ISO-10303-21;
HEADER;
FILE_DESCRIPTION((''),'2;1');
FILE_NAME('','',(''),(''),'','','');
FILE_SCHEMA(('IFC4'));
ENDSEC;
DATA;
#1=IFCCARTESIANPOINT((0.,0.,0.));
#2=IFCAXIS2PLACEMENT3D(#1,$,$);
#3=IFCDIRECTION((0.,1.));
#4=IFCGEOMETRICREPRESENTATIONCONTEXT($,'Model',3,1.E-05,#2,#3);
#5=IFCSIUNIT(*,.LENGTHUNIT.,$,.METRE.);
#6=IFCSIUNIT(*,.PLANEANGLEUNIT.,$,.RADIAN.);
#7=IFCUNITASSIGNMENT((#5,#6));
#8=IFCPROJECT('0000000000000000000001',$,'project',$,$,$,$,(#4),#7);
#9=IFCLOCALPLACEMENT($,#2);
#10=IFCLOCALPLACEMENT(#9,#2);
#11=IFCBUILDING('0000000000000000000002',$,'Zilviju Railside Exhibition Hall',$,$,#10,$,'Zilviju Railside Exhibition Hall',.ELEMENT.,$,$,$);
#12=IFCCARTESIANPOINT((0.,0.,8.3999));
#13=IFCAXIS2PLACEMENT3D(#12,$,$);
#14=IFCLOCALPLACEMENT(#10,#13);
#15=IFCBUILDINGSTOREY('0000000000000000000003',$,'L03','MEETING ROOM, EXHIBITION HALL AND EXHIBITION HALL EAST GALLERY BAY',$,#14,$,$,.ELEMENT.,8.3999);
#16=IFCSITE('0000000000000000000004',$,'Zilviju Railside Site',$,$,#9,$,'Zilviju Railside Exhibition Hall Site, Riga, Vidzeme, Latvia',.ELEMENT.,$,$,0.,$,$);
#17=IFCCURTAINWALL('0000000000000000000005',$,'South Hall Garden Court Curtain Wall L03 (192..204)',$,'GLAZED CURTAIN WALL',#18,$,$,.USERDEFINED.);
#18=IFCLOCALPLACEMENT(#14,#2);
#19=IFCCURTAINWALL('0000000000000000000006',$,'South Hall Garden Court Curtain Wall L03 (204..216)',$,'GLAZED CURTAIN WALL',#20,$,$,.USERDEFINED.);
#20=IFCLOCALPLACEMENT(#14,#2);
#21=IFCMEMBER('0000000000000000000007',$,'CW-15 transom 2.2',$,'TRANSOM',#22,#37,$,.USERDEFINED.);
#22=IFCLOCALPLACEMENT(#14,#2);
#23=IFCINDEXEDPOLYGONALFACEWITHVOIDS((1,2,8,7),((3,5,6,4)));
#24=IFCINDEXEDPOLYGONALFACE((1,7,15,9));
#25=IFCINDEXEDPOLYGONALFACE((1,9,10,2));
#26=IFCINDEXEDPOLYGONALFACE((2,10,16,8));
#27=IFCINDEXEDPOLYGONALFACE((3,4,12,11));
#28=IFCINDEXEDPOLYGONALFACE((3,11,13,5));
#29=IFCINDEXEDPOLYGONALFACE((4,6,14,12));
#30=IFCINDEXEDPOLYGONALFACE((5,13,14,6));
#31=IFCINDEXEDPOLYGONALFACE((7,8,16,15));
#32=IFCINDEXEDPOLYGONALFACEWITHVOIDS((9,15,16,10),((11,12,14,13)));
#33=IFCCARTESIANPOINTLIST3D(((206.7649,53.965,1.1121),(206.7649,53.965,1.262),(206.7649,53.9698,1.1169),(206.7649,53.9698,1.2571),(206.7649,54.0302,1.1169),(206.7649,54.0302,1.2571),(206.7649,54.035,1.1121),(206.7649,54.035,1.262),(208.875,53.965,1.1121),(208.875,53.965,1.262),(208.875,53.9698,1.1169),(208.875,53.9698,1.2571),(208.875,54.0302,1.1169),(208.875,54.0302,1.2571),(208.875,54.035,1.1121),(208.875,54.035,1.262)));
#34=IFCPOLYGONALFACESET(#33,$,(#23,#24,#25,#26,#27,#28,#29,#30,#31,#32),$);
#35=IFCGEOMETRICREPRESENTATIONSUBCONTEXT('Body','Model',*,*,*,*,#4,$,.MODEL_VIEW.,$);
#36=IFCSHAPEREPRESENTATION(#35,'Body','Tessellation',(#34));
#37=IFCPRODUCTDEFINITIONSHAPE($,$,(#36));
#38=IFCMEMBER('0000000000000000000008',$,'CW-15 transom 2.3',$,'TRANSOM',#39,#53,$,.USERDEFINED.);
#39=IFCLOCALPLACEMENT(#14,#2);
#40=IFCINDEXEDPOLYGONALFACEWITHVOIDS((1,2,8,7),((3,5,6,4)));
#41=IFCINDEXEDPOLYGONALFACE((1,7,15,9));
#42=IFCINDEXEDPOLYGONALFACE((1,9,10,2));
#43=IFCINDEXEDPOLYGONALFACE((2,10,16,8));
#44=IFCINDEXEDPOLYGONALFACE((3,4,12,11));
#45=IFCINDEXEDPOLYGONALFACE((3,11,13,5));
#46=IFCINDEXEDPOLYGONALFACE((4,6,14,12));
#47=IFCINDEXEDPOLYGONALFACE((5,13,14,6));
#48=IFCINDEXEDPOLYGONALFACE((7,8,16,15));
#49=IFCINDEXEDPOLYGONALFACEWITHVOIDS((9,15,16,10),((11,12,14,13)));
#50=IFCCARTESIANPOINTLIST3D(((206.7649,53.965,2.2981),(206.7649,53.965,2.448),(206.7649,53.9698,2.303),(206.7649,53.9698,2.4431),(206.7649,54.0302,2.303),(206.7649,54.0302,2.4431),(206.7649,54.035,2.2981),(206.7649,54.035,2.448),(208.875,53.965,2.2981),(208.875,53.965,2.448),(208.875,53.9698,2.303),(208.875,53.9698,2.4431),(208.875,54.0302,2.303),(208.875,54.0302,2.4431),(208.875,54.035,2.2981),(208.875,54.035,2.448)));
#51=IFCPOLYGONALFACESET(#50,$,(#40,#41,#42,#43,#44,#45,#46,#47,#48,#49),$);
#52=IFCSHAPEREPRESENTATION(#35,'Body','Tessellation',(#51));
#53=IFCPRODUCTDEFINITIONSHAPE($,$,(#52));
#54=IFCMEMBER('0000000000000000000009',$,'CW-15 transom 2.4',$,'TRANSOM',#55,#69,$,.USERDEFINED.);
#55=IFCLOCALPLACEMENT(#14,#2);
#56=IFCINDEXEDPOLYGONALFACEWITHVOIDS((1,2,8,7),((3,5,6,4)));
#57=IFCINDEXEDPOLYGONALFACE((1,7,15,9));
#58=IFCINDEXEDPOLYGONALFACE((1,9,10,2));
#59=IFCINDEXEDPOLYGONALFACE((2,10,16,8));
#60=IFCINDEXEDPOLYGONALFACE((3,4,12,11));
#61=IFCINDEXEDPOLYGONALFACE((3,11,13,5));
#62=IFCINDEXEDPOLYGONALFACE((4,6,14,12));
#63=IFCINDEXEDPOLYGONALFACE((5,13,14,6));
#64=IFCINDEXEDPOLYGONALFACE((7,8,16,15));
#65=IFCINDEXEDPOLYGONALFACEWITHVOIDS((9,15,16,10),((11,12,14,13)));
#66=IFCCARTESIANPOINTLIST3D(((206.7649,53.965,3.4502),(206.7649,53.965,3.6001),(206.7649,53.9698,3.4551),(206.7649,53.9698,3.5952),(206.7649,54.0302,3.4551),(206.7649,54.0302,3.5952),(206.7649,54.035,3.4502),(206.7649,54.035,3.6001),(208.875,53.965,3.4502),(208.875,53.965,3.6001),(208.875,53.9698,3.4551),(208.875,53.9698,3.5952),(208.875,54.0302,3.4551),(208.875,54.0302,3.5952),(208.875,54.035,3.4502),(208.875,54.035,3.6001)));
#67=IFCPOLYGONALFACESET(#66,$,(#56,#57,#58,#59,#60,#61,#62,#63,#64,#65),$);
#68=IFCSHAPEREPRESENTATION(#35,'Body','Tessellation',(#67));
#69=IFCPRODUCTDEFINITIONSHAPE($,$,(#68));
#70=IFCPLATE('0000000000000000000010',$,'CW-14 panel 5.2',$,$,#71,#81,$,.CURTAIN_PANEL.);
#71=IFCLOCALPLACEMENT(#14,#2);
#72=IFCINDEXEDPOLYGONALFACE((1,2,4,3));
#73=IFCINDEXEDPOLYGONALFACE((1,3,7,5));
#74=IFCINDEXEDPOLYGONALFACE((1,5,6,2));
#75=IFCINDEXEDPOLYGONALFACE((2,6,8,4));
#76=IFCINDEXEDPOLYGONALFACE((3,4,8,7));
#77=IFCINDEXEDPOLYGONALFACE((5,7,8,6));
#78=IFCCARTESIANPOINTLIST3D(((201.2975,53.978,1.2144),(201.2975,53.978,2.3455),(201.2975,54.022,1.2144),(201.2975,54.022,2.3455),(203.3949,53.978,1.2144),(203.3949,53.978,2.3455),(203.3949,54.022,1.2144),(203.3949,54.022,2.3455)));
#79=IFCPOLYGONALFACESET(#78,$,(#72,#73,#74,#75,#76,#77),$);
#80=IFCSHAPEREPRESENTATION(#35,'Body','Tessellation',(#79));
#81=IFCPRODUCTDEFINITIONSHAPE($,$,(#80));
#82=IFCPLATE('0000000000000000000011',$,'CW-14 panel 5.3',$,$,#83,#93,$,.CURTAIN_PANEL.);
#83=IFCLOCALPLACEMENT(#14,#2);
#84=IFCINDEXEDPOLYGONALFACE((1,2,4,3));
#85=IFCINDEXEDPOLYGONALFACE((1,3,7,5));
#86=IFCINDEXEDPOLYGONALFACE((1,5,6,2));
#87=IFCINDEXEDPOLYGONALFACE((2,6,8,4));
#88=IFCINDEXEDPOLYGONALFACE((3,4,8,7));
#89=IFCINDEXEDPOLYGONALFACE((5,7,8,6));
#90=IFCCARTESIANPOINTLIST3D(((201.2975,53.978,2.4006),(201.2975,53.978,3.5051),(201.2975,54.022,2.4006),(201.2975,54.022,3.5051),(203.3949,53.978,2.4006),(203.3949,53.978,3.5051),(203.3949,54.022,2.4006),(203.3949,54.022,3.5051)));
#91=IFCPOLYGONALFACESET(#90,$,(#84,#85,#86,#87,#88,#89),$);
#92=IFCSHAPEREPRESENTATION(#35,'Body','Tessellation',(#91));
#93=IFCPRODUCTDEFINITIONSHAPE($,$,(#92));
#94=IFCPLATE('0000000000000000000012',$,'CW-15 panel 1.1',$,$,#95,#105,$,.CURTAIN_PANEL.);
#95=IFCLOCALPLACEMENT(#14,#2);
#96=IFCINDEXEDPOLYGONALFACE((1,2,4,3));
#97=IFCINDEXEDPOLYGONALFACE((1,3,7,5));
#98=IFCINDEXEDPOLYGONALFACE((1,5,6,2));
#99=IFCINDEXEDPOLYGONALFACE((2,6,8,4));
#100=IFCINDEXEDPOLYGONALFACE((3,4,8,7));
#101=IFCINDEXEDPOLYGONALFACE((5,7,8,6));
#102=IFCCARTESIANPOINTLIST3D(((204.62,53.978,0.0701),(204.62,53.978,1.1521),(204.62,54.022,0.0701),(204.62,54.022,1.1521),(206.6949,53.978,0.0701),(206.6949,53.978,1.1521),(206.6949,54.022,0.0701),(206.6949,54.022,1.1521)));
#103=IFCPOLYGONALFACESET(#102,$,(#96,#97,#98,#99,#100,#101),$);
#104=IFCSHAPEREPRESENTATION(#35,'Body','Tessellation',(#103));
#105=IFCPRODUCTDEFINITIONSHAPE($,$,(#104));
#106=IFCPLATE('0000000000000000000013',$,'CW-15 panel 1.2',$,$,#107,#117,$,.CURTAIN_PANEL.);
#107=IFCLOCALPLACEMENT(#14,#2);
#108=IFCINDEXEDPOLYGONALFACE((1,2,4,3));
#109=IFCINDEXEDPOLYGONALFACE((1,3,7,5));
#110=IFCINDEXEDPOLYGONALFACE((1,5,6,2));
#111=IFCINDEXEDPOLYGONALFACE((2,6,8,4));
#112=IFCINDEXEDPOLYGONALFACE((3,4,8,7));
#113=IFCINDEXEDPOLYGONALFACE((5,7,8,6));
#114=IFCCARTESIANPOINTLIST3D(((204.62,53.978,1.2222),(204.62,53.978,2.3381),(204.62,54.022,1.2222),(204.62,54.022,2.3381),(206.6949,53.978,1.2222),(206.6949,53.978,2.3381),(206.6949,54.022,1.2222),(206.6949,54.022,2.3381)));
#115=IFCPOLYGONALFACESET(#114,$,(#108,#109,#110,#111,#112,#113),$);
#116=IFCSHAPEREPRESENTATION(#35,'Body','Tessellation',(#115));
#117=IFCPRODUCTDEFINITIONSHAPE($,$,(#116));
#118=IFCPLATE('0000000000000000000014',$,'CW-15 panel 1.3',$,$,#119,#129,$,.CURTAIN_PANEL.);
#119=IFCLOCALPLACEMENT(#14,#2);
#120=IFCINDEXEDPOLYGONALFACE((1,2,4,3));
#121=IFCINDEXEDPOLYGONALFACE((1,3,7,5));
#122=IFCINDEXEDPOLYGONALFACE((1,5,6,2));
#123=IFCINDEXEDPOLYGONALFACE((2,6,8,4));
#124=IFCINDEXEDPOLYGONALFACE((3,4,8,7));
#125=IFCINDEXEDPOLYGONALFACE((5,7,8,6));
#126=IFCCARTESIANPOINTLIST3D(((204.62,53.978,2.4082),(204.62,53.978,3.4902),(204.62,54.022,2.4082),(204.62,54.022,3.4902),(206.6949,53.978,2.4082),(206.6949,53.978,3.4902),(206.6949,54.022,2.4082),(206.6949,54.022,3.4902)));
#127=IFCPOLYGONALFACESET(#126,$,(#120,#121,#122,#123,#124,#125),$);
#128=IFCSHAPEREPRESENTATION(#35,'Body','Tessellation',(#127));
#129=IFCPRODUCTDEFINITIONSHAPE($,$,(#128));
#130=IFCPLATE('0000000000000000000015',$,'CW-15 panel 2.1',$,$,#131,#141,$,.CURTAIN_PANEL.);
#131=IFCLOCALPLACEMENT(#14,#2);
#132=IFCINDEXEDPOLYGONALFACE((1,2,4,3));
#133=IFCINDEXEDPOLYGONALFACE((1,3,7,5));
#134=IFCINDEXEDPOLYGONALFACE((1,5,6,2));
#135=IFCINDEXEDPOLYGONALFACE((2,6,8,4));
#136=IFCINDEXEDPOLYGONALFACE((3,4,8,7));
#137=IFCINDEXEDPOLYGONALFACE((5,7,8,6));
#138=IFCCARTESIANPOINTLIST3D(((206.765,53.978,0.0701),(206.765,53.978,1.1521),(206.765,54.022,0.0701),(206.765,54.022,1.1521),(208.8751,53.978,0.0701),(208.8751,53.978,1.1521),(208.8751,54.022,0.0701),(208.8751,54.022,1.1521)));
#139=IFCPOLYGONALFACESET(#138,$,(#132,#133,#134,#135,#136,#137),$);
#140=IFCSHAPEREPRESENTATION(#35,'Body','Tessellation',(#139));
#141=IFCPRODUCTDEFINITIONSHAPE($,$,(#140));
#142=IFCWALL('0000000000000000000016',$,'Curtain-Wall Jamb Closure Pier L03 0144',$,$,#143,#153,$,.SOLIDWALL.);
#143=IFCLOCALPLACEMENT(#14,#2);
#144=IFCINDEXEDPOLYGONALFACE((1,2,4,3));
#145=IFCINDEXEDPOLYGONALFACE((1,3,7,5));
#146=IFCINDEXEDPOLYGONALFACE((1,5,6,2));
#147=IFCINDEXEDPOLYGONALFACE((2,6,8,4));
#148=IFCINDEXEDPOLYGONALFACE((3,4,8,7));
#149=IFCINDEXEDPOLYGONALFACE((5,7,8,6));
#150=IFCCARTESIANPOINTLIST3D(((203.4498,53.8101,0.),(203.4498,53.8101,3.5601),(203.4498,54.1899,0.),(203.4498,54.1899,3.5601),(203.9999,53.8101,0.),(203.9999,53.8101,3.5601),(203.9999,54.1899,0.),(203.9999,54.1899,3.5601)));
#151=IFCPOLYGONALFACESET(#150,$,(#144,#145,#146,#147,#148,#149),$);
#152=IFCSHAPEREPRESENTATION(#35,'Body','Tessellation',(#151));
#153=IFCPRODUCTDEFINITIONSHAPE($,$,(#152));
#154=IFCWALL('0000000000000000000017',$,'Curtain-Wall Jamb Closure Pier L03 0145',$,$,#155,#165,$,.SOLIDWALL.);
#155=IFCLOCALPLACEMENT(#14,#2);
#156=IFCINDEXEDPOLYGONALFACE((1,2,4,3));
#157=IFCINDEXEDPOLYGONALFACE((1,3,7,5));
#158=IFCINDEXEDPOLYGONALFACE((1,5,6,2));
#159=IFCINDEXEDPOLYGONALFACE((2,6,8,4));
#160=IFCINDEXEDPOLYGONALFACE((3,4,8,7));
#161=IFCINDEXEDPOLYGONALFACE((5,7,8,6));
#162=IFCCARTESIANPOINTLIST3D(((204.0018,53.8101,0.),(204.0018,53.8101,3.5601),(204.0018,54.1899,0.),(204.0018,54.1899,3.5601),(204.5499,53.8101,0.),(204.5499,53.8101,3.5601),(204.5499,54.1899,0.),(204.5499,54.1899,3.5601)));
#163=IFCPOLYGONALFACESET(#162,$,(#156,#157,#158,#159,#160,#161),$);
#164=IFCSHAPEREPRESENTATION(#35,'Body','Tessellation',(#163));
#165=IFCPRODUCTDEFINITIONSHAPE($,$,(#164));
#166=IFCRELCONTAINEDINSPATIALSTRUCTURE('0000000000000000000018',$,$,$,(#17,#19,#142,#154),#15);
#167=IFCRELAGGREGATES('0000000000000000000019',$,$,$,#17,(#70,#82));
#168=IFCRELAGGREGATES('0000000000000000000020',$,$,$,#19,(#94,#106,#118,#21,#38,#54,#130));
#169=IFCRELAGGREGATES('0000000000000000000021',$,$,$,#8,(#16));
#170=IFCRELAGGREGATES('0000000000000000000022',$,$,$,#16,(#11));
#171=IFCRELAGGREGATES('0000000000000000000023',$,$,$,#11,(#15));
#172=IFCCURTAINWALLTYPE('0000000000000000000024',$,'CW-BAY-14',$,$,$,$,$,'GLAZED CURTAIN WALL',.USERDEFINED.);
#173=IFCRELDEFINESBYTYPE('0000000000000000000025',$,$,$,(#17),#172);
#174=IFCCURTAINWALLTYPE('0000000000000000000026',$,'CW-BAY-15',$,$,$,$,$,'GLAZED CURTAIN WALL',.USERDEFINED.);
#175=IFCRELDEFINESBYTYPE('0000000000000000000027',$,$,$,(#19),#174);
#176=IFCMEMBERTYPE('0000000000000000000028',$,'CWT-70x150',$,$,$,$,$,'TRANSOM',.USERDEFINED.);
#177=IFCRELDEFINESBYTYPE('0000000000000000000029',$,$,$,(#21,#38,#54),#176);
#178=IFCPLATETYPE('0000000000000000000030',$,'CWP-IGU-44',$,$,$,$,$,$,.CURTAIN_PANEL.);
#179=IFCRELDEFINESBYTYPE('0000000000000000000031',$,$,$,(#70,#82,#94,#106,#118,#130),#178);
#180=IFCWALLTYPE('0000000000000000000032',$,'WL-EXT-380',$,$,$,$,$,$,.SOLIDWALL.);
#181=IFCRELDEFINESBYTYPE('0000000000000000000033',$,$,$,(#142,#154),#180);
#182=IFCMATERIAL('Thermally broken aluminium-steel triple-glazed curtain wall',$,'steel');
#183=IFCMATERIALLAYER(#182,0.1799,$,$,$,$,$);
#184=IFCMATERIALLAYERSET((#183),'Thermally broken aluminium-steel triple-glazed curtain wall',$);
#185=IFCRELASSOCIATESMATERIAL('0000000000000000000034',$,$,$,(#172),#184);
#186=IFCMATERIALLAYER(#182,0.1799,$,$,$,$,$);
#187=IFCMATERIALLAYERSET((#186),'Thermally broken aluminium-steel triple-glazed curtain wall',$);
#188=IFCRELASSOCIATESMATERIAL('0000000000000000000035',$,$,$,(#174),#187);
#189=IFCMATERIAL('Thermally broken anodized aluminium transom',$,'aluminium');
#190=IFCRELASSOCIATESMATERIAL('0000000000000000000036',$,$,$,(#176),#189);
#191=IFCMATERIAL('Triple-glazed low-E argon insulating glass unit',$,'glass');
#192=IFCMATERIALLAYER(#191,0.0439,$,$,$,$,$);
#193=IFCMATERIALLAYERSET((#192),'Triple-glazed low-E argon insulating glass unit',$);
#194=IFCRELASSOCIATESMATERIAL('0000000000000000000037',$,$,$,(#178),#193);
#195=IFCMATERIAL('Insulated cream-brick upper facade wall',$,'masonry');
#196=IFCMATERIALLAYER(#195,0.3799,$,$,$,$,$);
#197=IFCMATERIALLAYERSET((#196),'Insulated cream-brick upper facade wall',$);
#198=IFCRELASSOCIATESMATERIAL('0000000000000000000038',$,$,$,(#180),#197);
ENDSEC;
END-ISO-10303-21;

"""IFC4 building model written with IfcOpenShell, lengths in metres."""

from ifc_helpers import new_model, si_unit, direction, frame, frame_2d, origin, origin_2d, place, context, subcontext, project, spatial, rectangle, hollow_rectangle, extrude, material, layer, layer_set, material_profile, profile_set, type_object, element, aggregate, save


model = new_model("IFC4")

# Units and contexts
model_context = context("Model", 3, precision=1e-05, world=origin(), true_north=direction((0.0, 1.0)))
body_context = subcontext(model_context, "Body", "Model", "MODEL_VIEW")
ifc_project = project(units=[si_unit("LENGTHUNIT", "METRE"), si_unit("PLANEANGLEUNIT", "RADIAN")], contexts=[model_context])

# Site, building, storey
site_placement = place(None, origin())
site = spatial("IfcSite", under=ifc_project, at=site_placement, Name="Zilviju Railside Site", LongName="Zilviju Railside Exhibition Hall Site, Riga, Vidzeme, Latvia", CompositionType="ELEMENT", RefElevation=0.0)
building_placement = place(site_placement, origin())
building = spatial("IfcBuilding", under=site, at=building_placement, Name="Zilviju Railside Exhibition Hall", LongName="Zilviju Railside Exhibition Hall", CompositionType="ELEMENT")
storey_placement = place(building_placement, frame((0.0, 0.0, 8.3999)))
storey = spatial("IfcBuildingStorey", under=building, at=storey_placement, Name="L03", Description="MEETING ROOM, EXHIBITION HALL AND EXHIBITION HALL EAST GALLERY BAY", CompositionType="ELEMENT", Elevation=8.3999)

# Curtain wall
ifc_material_1 = material(Name="Thermally broken aluminium-steel triple-glazed curtain wall", Category="steel")
ifc_layer_1 = layer(ifc_material_1, 0.1799)
ifc_layer_set_1 = layer_set([ifc_layer_1], Name="Thermally broken aluminium-steel triple-glazed curtain wall")
curtain_wall_type_1 = type_object("IfcCurtainWallType", Name="CW-BAY-14", ElementType="GLAZED CURTAIN WALL", PredefinedType="USERDEFINED", material=ifc_layer_set_1)
curtain_wall_1_placement = place(storey_placement, origin())
curtain_wall_1 = element("IfcCurtainWall", 1, at=curtain_wall_1_placement, inside=storey, type_object=curtain_wall_type_1, Name="South Hall Garden Court Curtain Wall L03 (192..204)", ObjectType="GLAZED CURTAIN WALL", PredefinedType="USERDEFINED")

# Curtain wall, members
ifc_layer_2 = layer(ifc_material_1, 0.1799)
ifc_layer_set_2 = layer_set([ifc_layer_2], Name="Thermally broken aluminium-steel triple-glazed curtain wall")
curtain_wall_type_2 = type_object("IfcCurtainWallType", Name="CW-BAY-15", ElementType="GLAZED CURTAIN WALL", PredefinedType="USERDEFINED", material=ifc_layer_set_2)
curtain_wall_2_placement = place(storey_placement, origin())
curtain_wall_2 = element("IfcCurtainWall", 2, at=curtain_wall_2_placement, inside=storey, type_object=curtain_wall_type_2, Name="South Hall Garden Court Curtain Wall L03 (204..216)", ObjectType="GLAZED CURTAIN WALL", PredefinedType="USERDEFINED")
ifc_material_2 = material(Name="Thermally broken anodized aluminium transom", Category="aluminium")
ifc_material_profile_1 = material_profile(ifc_material_2, hollow_rectangle(XDim=0.0701, YDim=0.1499, WallThickness=0.0049, at=origin_2d()), Name="TRANSOM 150x70x5")
ifc_profile_set_1 = profile_set([ifc_material_profile_1], Name="Thermally broken anodized aluminium transom")
member_type_1 = type_object("IfcMemberType", Name="CWT-70x150", ElementType="TRANSOM", PredefinedType="USERDEFINED", material=ifc_profile_set_1)
member_1_placement = place(storey_placement, frame((206.7649, 54.0, 1.187), z_axis=(1.0, 0.0, 0.0), x_axis=(0.0, 1.0, 0.0)))
member_1 = element("IfcMember", 3, at=member_1_placement, type_object=member_type_1, Name="CW-15 transom 2.2", ObjectType="TRANSOM", PredefinedType="USERDEFINED", context=body_context, shape_type="SweptSolid", body=[
    extrude(hollow_rectangle(XDim=0.0701, YDim=0.1499, WallThickness=0.0049, at=origin_2d()), origin(), (0.0, 0.0, 1.0), 2.1101),
])
member_2_placement = place(storey_placement, frame((206.7649, 54.0, 2.373), z_axis=(1.0, 0.0, 0.0), x_axis=(0.0, 1.0, 0.0)))
member_2 = element("IfcMember", 4, at=member_2_placement, type_object=member_type_1, Name="CW-15 transom 2.3", ObjectType="TRANSOM", PredefinedType="USERDEFINED", context=body_context, shape_type="SweptSolid", body=[
    extrude(hollow_rectangle(XDim=0.0701, YDim=0.1499, WallThickness=0.0049, at=origin_2d()), origin(), (0.0, 0.0, 1.0), 2.1101),
])
member_3_placement = place(storey_placement, frame((206.7649, 54.0, 3.5251), z_axis=(1.0, 0.0, 0.0), x_axis=(0.0, 1.0, 0.0)))
member_3 = element("IfcMember", 5, at=member_3_placement, type_object=member_type_1, Name="CW-15 transom 2.4", ObjectType="TRANSOM", PredefinedType="USERDEFINED", context=body_context, shape_type="SweptSolid", body=[
    extrude(hollow_rectangle(XDim=0.0701, YDim=0.1499, WallThickness=0.0049, at=origin_2d()), origin(), (0.0, 0.0, 1.0), 2.1101),
])

# Plates
ifc_material_3 = material(Name="Triple-glazed low-E argon insulating glass unit", Category="glass")
ifc_layer_3 = layer(ifc_material_3, 0.0439)
ifc_layer_set_3 = layer_set([ifc_layer_3], Name="Triple-glazed low-E argon insulating glass unit")
plate_type = type_object("IfcPlateType", Name="CWP-IGU-44", PredefinedType="CURTAIN_PANEL", material=ifc_layer_set_3)
plate_1_placement = place(storey_placement, frame((202.3462, 54.0, 1.2144), z_axis=(0.0, 0.0, 1.0), x_axis=(1.0, 0.0, 0.0)))
plate_1 = element("IfcPlate", 6, at=plate_1_placement, type_object=plate_type, Name="CW-14 panel 5.2", PredefinedType="CURTAIN_PANEL", context=body_context, shape_type="SweptSolid", body=[
    extrude(rectangle(XDim=2.0974, YDim=0.0439, at=origin_2d()), origin(), (0.0, 0.0, 1.0), 1.1311),
])
plate_2_placement = place(storey_placement, frame((202.3462, 54.0, 2.4006), z_axis=(0.0, 0.0, 1.0), x_axis=(1.0, 0.0, 0.0)))
plate_2 = element("IfcPlate", 7, at=plate_2_placement, type_object=plate_type, Name="CW-14 panel 5.3", PredefinedType="CURTAIN_PANEL", context=body_context, shape_type="SweptSolid", body=[
    extrude(rectangle(XDim=2.0974, YDim=0.0439, at=origin_2d()), origin(), (0.0, 0.0, 1.0), 1.1045),
])
aggregate(curtain_wall_1, [plate_1, plate_2])
plate_3_placement = place(storey_placement, frame((205.6575, 54.0, 0.0701), z_axis=(0.0, 0.0, 1.0), x_axis=(1.0, 0.0, 0.0)))
plate_3 = element("IfcPlate", 8, at=plate_3_placement, type_object=plate_type, Name="CW-15 panel 1.1", PredefinedType="CURTAIN_PANEL", context=body_context, shape_type="SweptSolid", body=[
    extrude(rectangle(XDim=2.075, YDim=0.0439, at=origin_2d()), origin(), (0.0, 0.0, 1.0), 1.082),
])
plate_4_placement = place(storey_placement, frame((205.6575, 54.0, 1.2222), z_axis=(0.0, 0.0, 1.0), x_axis=(1.0, 0.0, 0.0)))
plate_4 = element("IfcPlate", 9, at=plate_4_placement, type_object=plate_type, Name="CW-15 panel 1.2", PredefinedType="CURTAIN_PANEL", context=body_context, shape_type="SweptSolid", body=[
    extrude(rectangle(XDim=2.075, YDim=0.0439, at=origin_2d()), origin(), (0.0, 0.0, 1.0), 1.116),
])
plate_5_placement = place(storey_placement, frame((205.6575, 54.0, 2.4082), z_axis=(0.0, 0.0, 1.0), x_axis=(1.0, 0.0, 0.0)))
plate_5 = element("IfcPlate", 10, at=plate_5_placement, type_object=plate_type, Name="CW-15 panel 1.3", PredefinedType="CURTAIN_PANEL", context=body_context, shape_type="SweptSolid", body=[
    extrude(rectangle(XDim=2.075, YDim=0.0439, at=origin_2d()), origin(), (0.0, 0.0, 1.0), 1.082),
])
plate_6_placement = place(storey_placement, frame((207.8201, 54.0, 0.0701), z_axis=(0.0, 0.0, 1.0), x_axis=(1.0, 0.0, 0.0)))
plate_6 = element("IfcPlate", 11, at=plate_6_placement, type_object=plate_type, Name="CW-15 panel 2.1", PredefinedType="CURTAIN_PANEL", context=body_context, shape_type="SweptSolid", body=[
    extrude(rectangle(XDim=2.1101, YDim=0.0439, at=origin_2d()), origin(), (0.0, 0.0, 1.0), 1.082),
])
aggregate(curtain_wall_2, [plate_3, plate_4, plate_5, member_1, member_2, member_3, plate_6])

# Walls
ifc_material_4 = material(Name="Insulated cream-brick upper facade wall", Category="masonry")
ifc_layer_4 = layer(ifc_material_4, 0.3799)
ifc_layer_set_4 = layer_set([ifc_layer_4], Name="Insulated cream-brick upper facade wall")
wall_type = type_object("IfcWallType", Name="WL-EXT-380", PredefinedType="SOLIDWALL", material=ifc_layer_set_4)
wall_1_placement = place(storey_placement, frame((203.45, 54.0, 0.0), z_axis=(0.0, 0.0, 1.0), x_axis=(1.0, 0.0, 0.0)))
element("IfcWall", 12, at=wall_1_placement, inside=storey, type_object=wall_type, Name="Curtain-Wall Jamb Closure Pier L03 0144", PredefinedType="SOLIDWALL", context=body_context, shape_type="SweptSolid", body=[
    extrude(rectangle(XDim=0.55, YDim=0.3799, at=frame_2d((0.2749, 0.0))), origin(), (0.0, 0.0, 1.0), 3.5601),
])
wall_2_placement = place(storey_placement, frame((204.002, 54.0, 0.0), z_axis=(0.0, 0.0, 1.0), x_axis=(1.0, 0.0, 0.0)))
element("IfcWall", 13, at=wall_2_placement, inside=storey, type_object=wall_type, Name="Curtain-Wall Jamb Closure Pier L03 0145", PredefinedType="SOLIDWALL", context=body_context, shape_type="SweptSolid", body=[
    extrude(rectangle(XDim=0.5481, YDim=0.3799, at=frame_2d((0.2739, 0.0))), origin(), (0.0, 0.0, 1.0), 3.5601),
])

save(model, "model.ifc")
